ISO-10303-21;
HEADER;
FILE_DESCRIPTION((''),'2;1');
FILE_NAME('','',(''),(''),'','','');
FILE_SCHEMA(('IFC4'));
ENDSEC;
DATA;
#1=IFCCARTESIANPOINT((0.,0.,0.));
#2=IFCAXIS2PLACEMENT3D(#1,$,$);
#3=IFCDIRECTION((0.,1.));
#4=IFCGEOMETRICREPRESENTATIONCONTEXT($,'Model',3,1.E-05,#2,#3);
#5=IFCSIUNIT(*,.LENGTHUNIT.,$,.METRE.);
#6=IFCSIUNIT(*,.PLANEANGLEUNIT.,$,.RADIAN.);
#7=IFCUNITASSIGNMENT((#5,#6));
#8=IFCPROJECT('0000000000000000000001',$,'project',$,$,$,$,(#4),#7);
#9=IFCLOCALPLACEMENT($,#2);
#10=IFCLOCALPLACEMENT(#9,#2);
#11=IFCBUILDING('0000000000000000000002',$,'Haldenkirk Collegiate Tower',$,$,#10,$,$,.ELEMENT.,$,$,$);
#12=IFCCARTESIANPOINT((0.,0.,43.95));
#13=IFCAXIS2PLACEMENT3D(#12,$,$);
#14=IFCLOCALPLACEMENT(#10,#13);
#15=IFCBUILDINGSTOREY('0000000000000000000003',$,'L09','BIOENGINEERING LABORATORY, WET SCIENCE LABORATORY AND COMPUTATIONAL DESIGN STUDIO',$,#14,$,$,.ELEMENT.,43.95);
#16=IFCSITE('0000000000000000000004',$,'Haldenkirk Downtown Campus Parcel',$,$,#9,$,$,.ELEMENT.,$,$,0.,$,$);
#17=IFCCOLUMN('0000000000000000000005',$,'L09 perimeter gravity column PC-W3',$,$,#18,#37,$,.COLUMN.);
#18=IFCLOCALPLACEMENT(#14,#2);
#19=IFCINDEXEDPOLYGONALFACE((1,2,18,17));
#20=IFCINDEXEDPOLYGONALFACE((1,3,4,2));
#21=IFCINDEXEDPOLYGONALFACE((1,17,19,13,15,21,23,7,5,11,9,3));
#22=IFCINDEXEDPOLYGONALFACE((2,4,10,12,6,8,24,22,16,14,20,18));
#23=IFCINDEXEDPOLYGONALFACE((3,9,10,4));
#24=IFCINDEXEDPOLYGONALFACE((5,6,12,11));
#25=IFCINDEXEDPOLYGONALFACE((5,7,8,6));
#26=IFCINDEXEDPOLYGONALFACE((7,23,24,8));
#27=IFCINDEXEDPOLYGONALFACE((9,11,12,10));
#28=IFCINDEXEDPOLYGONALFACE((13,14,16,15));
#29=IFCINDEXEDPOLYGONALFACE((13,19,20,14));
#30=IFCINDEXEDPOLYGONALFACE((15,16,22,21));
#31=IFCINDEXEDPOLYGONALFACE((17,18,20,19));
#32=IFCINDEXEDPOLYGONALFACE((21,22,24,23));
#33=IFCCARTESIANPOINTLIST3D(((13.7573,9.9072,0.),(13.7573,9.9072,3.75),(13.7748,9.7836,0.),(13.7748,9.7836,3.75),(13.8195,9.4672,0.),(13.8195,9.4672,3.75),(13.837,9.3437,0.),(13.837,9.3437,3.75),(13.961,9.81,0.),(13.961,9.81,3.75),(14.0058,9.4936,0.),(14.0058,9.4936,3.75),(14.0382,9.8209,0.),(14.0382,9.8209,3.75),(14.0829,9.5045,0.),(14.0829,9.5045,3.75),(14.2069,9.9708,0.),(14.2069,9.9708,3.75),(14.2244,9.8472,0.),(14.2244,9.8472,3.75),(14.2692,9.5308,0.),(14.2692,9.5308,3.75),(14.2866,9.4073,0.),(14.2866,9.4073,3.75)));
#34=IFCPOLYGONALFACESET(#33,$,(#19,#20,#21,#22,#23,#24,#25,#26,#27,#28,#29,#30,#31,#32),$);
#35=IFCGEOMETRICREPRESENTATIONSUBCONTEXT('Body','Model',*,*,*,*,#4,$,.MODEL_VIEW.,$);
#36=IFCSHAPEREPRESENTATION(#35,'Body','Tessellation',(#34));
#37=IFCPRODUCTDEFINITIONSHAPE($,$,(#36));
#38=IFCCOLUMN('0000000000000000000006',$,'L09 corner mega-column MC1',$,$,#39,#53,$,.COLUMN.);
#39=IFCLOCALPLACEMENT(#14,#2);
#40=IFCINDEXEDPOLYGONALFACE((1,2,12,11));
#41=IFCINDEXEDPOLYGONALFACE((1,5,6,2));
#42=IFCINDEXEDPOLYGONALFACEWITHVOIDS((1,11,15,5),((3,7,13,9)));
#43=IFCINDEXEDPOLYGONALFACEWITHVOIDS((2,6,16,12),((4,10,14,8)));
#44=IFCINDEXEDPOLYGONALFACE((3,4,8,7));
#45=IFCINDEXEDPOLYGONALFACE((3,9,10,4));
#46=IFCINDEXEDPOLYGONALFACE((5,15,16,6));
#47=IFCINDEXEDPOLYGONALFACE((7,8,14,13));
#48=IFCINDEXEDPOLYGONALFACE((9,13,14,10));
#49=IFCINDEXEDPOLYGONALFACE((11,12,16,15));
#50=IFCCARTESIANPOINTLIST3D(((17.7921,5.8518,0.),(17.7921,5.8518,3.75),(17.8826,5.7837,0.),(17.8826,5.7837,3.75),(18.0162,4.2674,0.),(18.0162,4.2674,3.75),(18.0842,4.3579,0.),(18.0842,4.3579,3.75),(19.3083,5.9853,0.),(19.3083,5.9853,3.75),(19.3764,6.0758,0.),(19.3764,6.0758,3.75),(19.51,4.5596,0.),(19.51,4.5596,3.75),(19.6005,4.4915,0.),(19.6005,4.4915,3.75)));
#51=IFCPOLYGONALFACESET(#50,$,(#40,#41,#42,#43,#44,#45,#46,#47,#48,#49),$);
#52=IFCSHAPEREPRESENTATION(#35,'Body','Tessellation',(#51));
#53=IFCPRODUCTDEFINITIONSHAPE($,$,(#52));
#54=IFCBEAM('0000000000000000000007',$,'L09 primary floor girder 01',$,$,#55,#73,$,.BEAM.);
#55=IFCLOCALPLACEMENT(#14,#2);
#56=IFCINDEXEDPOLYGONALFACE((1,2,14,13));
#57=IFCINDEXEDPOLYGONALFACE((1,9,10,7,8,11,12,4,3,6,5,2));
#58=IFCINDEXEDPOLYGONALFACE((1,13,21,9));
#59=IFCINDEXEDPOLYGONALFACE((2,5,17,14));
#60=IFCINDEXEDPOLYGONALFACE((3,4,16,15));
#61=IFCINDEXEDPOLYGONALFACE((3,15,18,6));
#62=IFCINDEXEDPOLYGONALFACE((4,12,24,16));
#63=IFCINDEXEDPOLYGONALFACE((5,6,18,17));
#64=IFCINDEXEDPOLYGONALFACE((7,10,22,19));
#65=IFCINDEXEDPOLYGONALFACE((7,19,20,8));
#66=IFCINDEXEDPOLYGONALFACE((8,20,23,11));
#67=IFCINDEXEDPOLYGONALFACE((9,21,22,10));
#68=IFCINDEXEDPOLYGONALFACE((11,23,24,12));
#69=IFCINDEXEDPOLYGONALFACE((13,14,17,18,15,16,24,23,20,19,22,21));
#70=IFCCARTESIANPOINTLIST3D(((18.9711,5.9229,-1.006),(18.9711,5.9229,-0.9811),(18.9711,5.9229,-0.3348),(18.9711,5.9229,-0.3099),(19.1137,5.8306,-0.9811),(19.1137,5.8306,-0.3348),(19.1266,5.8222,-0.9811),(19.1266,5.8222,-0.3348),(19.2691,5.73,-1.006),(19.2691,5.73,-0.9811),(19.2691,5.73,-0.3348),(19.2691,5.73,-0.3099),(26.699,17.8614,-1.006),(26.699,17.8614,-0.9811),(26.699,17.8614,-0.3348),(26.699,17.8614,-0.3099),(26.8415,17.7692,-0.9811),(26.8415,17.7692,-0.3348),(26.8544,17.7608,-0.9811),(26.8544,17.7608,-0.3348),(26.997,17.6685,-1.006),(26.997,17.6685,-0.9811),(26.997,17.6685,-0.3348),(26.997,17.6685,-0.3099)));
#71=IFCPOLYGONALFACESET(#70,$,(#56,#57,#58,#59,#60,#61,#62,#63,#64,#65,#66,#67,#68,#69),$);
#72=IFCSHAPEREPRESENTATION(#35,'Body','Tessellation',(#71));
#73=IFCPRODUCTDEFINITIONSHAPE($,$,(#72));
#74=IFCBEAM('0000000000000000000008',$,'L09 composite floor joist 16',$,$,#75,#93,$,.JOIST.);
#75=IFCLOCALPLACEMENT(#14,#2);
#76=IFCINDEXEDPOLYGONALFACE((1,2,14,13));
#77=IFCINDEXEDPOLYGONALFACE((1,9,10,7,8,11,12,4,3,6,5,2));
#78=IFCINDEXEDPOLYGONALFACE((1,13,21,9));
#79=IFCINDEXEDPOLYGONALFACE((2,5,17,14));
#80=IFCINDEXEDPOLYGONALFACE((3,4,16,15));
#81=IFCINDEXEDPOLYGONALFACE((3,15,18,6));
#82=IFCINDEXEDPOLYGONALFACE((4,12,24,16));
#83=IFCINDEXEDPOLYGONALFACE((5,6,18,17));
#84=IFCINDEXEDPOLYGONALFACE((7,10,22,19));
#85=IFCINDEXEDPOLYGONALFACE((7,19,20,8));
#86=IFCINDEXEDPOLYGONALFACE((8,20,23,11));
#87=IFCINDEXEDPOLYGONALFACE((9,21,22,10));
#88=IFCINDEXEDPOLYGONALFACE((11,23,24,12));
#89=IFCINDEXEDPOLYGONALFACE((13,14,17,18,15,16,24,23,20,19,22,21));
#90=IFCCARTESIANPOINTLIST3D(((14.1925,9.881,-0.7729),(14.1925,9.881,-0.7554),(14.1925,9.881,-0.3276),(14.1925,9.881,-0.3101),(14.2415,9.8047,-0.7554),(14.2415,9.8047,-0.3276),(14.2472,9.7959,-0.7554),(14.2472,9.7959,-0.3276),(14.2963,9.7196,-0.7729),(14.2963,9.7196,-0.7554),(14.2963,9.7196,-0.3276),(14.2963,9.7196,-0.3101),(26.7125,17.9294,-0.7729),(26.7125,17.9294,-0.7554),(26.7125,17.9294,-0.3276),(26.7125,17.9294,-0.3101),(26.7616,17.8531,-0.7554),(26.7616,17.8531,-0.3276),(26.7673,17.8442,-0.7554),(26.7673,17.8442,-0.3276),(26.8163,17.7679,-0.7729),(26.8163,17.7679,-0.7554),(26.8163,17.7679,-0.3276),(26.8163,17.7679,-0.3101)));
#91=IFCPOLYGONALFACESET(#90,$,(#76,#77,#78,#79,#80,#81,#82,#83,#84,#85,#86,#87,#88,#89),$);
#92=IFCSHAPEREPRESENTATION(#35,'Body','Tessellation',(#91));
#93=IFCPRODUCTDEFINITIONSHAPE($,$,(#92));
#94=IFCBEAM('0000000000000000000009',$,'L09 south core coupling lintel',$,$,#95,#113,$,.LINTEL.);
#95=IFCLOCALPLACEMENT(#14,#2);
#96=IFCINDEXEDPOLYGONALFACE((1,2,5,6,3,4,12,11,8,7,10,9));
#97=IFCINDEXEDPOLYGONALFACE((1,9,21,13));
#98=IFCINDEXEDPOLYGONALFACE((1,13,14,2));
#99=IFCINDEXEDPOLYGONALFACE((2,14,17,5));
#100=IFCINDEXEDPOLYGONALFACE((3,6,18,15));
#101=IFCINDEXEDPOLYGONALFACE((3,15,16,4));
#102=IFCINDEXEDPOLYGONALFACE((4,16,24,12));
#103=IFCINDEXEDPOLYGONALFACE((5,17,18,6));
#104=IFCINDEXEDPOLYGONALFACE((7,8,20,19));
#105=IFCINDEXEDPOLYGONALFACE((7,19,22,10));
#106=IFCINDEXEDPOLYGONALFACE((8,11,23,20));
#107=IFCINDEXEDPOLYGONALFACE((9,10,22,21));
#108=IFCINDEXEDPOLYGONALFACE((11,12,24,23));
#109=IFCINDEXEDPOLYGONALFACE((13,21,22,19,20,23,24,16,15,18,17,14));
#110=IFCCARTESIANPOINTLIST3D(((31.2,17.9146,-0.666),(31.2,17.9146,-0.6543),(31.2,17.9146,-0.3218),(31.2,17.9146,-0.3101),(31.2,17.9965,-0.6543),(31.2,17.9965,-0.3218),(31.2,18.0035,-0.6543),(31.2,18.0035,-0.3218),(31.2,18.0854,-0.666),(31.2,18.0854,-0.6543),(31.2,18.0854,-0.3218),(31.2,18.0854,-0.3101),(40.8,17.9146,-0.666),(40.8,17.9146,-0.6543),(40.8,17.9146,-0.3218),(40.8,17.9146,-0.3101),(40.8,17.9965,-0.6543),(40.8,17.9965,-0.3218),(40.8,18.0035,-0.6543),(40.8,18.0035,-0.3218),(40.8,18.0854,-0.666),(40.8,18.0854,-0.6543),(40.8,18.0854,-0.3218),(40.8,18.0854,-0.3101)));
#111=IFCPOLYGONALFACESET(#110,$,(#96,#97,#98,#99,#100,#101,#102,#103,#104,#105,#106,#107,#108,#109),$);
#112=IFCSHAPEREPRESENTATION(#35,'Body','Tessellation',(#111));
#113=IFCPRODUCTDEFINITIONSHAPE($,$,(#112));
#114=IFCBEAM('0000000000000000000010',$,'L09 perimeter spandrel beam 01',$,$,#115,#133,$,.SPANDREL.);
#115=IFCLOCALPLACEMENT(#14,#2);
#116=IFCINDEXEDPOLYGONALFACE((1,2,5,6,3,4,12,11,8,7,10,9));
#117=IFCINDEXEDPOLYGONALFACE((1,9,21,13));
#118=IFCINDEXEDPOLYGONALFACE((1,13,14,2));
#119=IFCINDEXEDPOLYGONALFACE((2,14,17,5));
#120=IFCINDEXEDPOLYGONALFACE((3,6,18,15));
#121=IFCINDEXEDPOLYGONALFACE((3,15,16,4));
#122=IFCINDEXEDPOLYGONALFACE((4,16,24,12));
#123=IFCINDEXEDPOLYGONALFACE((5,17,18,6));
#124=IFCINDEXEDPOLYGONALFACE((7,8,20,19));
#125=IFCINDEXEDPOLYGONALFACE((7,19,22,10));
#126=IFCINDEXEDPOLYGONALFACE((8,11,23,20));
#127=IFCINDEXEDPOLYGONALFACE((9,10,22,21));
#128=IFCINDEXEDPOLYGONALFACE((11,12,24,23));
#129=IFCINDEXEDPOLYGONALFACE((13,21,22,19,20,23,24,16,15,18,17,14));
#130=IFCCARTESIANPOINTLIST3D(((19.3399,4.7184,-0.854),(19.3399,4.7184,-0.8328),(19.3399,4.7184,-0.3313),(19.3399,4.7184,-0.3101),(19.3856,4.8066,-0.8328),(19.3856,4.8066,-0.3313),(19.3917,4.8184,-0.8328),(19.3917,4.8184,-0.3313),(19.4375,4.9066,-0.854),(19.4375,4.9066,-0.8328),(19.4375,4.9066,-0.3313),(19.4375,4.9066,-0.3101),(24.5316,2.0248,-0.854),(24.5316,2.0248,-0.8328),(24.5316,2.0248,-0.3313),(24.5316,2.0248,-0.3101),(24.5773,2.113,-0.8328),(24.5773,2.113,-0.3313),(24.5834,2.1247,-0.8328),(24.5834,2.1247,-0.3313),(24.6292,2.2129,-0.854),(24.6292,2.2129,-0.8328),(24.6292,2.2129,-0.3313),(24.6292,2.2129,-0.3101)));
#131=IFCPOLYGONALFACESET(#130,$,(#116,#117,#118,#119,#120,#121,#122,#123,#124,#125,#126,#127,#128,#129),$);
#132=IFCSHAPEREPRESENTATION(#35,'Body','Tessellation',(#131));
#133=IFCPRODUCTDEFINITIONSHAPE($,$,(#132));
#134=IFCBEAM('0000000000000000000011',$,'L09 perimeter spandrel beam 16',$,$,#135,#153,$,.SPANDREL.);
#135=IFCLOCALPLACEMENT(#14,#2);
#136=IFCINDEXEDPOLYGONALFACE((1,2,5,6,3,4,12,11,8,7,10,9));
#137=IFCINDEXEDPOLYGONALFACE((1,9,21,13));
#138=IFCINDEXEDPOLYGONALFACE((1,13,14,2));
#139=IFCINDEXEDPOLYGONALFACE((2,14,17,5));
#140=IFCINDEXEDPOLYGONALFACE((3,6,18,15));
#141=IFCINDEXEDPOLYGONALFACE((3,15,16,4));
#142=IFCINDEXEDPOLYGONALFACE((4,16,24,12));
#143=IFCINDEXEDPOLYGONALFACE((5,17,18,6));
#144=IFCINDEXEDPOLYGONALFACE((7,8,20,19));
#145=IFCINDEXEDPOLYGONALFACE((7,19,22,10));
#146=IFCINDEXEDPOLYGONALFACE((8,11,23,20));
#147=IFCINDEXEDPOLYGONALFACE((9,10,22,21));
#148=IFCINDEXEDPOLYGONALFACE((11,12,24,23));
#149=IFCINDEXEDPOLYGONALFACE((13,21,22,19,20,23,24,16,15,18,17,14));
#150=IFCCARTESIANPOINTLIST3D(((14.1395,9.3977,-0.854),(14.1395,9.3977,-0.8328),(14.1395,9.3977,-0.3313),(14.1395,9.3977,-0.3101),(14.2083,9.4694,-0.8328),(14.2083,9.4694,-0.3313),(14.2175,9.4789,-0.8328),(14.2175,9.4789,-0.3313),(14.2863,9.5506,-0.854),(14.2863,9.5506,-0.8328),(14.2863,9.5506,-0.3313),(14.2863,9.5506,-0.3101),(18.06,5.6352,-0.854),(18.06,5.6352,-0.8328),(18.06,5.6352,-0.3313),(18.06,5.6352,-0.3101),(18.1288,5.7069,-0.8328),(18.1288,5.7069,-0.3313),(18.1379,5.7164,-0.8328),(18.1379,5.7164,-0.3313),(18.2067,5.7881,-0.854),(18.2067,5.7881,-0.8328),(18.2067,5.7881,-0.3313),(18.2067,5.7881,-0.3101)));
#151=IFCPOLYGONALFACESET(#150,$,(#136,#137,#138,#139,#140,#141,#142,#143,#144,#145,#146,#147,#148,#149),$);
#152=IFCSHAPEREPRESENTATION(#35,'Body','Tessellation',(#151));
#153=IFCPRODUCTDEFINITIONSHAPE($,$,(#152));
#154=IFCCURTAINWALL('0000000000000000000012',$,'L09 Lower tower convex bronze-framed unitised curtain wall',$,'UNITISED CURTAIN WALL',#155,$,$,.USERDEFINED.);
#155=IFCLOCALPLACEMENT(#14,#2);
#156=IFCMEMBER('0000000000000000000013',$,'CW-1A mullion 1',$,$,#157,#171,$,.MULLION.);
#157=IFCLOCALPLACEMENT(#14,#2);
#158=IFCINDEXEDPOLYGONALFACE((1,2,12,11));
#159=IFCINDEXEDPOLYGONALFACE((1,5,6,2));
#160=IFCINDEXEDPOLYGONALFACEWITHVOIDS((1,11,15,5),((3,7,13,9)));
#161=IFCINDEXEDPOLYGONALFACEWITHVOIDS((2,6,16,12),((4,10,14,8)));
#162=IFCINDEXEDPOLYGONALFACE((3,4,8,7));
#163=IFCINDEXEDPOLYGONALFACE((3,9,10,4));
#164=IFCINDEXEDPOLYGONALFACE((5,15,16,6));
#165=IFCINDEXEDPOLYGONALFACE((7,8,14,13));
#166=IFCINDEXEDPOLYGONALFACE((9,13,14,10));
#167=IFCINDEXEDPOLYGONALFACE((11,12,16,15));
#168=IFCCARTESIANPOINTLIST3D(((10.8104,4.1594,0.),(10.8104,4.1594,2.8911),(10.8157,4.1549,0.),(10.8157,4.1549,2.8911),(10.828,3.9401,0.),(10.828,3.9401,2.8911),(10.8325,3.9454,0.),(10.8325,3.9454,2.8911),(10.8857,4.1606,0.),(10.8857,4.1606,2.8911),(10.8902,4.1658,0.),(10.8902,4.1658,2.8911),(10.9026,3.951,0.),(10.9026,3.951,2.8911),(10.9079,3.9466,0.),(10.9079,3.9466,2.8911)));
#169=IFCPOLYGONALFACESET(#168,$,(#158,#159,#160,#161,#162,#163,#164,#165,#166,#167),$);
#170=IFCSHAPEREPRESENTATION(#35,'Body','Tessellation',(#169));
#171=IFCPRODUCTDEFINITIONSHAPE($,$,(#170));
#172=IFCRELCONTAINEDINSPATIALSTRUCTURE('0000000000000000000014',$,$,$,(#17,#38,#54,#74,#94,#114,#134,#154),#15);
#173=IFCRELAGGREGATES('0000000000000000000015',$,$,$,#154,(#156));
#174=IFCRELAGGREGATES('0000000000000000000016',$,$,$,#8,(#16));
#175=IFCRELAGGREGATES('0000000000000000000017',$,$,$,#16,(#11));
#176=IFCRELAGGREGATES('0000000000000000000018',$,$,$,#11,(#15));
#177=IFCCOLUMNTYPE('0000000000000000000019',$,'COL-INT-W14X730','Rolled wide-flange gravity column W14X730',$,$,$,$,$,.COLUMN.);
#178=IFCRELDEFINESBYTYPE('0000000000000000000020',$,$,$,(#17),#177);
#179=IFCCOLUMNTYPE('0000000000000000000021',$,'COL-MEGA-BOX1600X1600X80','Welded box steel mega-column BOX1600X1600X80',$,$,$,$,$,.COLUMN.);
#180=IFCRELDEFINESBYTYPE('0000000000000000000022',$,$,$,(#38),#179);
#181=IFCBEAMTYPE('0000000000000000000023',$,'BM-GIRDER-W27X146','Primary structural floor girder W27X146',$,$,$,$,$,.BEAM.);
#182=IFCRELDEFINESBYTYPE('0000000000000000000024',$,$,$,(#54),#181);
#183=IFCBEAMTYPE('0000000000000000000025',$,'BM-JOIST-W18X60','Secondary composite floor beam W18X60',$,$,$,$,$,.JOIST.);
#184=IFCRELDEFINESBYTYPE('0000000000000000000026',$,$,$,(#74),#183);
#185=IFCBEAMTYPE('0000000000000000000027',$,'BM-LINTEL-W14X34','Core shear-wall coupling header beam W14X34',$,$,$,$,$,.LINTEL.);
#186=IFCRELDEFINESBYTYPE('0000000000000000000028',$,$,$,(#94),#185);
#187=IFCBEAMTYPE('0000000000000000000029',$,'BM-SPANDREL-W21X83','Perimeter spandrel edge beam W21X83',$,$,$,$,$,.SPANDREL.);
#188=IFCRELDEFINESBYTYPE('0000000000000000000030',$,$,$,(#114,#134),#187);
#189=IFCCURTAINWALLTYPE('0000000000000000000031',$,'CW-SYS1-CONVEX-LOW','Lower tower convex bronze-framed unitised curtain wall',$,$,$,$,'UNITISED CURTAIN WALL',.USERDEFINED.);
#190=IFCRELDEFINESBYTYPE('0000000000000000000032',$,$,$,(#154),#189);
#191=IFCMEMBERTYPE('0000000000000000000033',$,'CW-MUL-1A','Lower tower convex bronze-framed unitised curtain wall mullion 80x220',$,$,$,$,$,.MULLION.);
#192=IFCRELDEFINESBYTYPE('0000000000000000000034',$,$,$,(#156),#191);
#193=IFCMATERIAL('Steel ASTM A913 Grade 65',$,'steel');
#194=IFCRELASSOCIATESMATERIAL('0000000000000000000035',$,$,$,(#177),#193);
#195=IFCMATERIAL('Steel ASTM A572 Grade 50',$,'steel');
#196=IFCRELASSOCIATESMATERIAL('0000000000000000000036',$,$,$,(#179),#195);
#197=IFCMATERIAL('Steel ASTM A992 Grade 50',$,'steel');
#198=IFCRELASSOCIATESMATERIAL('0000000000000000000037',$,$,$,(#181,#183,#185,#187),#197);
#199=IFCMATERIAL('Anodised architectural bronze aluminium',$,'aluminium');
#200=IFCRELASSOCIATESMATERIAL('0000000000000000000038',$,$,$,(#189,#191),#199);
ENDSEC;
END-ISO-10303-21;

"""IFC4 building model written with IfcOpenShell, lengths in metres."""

from ifc_helpers import new_model, si_unit, direction, frame, origin, origin_2d, place, context, subcontext, project, spatial, hollow_rectangle, i_section, extrude, material, material_profile, profile_set, type_object, element, aggregate, save


model = new_model("IFC4")

# Units and contexts
model_context = context("Model", 3, precision=1e-05, world=origin(), true_north=direction((0.0, 1.0)))
body_context = subcontext(model_context, "Body", "Model", "MODEL_VIEW")
ifc_project = project(units=[si_unit("LENGTHUNIT", "METRE"), si_unit("PLANEANGLEUNIT", "RADIAN")], contexts=[model_context])

# Site, building, storey
site_placement = place(None, origin())
site = spatial("IfcSite", under=ifc_project, at=site_placement, Name="Haldenkirk Downtown Campus Parcel", CompositionType="ELEMENT", RefElevation=0.0)
building_placement = place(site_placement, origin())
building = spatial("IfcBuilding", under=site, at=building_placement, Name="Haldenkirk Collegiate Tower", CompositionType="ELEMENT")
storey_placement = place(building_placement, frame((0.0, 0.0, 43.95)))
storey = spatial("IfcBuildingStorey", under=building, at=storey_placement, Name="L09", Description="BIOENGINEERING LABORATORY, WET SCIENCE LABORATORY AND COMPUTATIONAL DESIGN STUDIO", CompositionType="ELEMENT", Elevation=43.95)

# Columns
ifc_material_1 = material(Name="Steel ASTM A913 Grade 65", Category="steel")
ifc_material_profile_1 = material_profile(ifc_material_1, i_section(OverallWidth=0.4541, OverallDepth=0.5691, WebThickness=0.0779, FlangeThickness=0.1248, at=origin_2d()), Name="W14X730")
ifc_profile_set_1 = profile_set([ifc_material_profile_1], Name="Steel ASTM A913 Grade 65")
column_type_1 = type_object("IfcColumnType", Name="COL-INT-W14X730", Description="Rolled wide-flange gravity column W14X730", PredefinedType="COLUMN", material=ifc_profile_set_1)
column_1_placement = place(storey_placement, frame((14.022, 9.6572, 0.0), z_axis=(0.0, 0.0, 1.0), x_axis=(0.990146, 0.140037, 0.0)))
element("IfcColumn", 1, at=column_1_placement, inside=storey, type_object=column_type_1, Name="L09 perimeter gravity column PC-W3", PredefinedType="COLUMN", context=body_context, shape_type="SweptSolid", body=[
    extrude(i_section(OverallWidth=0.4541, OverallDepth=0.5691, WebThickness=0.0779, FlangeThickness=0.1248, at=origin_2d()), origin(), (0.0, 0.0, 1.0), 3.75),
])
ifc_material_2 = material(Name="Steel ASTM A572 Grade 50", Category="steel")
ifc_material_profile_2 = material_profile(ifc_material_2, hollow_rectangle(XDim=1.6001, YDim=1.6001, WallThickness=0.0801, at=origin_2d()), Name="BOX1600X1600X80")
ifc_profile_set_2 = profile_set([ifc_material_profile_2], Name="Steel ASTM A572 Grade 50")
column_type_2 = type_object("IfcColumnType", Name="COL-MEGA-BOX1600X1600X80", Description="Welded box steel mega-column BOX1600X1600X80", PredefinedType="COLUMN", material=ifc_profile_set_2)
column_2_placement = place(storey_placement, frame((18.6963, 5.1716, 0.0), z_axis=(0.0, 0.0, 1.0), x_axis=(0.990146, 0.140037, 0.0)))
element("IfcColumn", 2, at=column_2_placement, inside=storey, type_object=column_type_2, Name="L09 corner mega-column MC1", PredefinedType="COLUMN", context=body_context, shape_type="SweptSolid", body=[
    extrude(hollow_rectangle(XDim=1.6001, YDim=1.6001, WallThickness=0.0801, at=origin_2d()), origin(), (0.0, 0.0, 1.0), 3.75),
])

# Beams
ifc_material_3 = material(Name="Steel ASTM A992 Grade 50", Category="steel")
ifc_material_profile_3 = material_profile(ifc_material_3, i_section(OverallWidth=0.355, OverallDepth=0.696, WebThickness=0.0154, FlangeThickness=0.0249, at=origin_2d()), Name="W27X146")
ifc_profile_set_3 = profile_set([ifc_material_profile_3], Name="Steel ASTM A992 Grade 50")
beam_type_1 = type_object("IfcBeamType", Name="BM-GIRDER-W27X146", Description="Primary structural floor girder W27X146", PredefinedType="BEAM", material=ifc_profile_set_3)
beam_1_placement = place(storey_placement, frame((19.1201, 5.8264, -0.658), z_axis=(0.543394, 0.839478, 0.0), x_axis=(-0.839478, 0.543394, 0.0)))
element("IfcBeam", 3, at=beam_1_placement, inside=storey, type_object=beam_type_1, Name="L09 primary floor girder 01", PredefinedType="BEAM", context=body_context, shape_type="SweptSolid", body=[
    extrude(i_section(OverallWidth=0.355, OverallDepth=0.696, WebThickness=0.0154, FlangeThickness=0.0249, at=origin_2d()), origin(), (0.0, 0.0, 1.0), 14.2214),
])
ifc_material_profile_4 = material_profile(ifc_material_3, i_section(OverallWidth=0.1919, OverallDepth=0.4629, WebThickness=0.0105, FlangeThickness=0.0176, at=origin_2d()), Name="W18X60")
ifc_profile_set_4 = profile_set([ifc_material_profile_4], Name="Steel ASTM A992 Grade 50")
beam_type_2 = type_object("IfcBeamType", Name="BM-JOIST-W18X60", Description="Secondary composite floor beam W18X60", PredefinedType="JOIST", material=ifc_profile_set_4)
beam_2_placement = place(storey_placement, frame((14.2444, 9.8003, -0.5415), z_axis=(0.841186, 0.540746, 0.0), x_axis=(-0.540746, 0.841186, 0.0)))
element("IfcBeam", 4, at=beam_2_placement, inside=storey, type_object=beam_type_2, Name="L09 composite floor joist 16", PredefinedType="JOIST", context=body_context, shape_type="SweptSolid", body=[
    extrude(i_section(OverallWidth=0.1919, OverallDepth=0.4629, WebThickness=0.0105, FlangeThickness=0.0176, at=origin_2d()), origin(), (0.0, 0.0, 1.0), 14.8838),
])
ifc_material_profile_5 = material_profile(ifc_material_3, i_section(OverallWidth=0.1709, OverallDepth=0.356, WebThickness=0.0071, FlangeThickness=0.0117, at=origin_2d()), Name="W14X34")
ifc_profile_set_5 = profile_set([ifc_material_profile_5], Name="Steel ASTM A992 Grade 50")
beam_type_3 = type_object("IfcBeamType", Name="BM-LINTEL-W14X34", Description="Core shear-wall coupling header beam W14X34", PredefinedType="LINTEL", material=ifc_profile_set_5)
beam_3_placement = place(storey_placement, frame((31.2, 18.0, -0.488), z_axis=(1.0, 0.0, 0.0), x_axis=(0.0, 1.0, 0.0)))
element("IfcBeam", 5, at=beam_3_placement, inside=storey, type_object=beam_type_3, Name="L09 south core coupling lintel", PredefinedType="LINTEL", context=body_context, shape_type="SweptSolid", body=[
    extrude(i_section(OverallWidth=0.1709, OverallDepth=0.356, WebThickness=0.0071, FlangeThickness=0.0117, at=origin_2d()), origin(), (0.0, 0.0, 1.0), 9.6001),
])
ifc_material_profile_6 = material_profile(ifc_material_3, i_section(OverallWidth=0.2119, OverallDepth=0.5439, WebThickness=0.0132, FlangeThickness=0.0212, at=origin_2d()), Name="W21X83")
ifc_profile_set_6 = profile_set([ifc_material_profile_6], Name="Steel ASTM A992 Grade 50")
beam_type_4 = type_object("IfcBeamType", Name="BM-SPANDREL-W21X83", Description="Perimeter spandrel edge beam W21X83", PredefinedType="SPANDREL", material=ifc_profile_set_6)
beam_4_placement = place(storey_placement, frame((19.3887, 4.8125, -0.582), z_axis=(0.88764, -0.460538, 0.0), x_axis=(0.460538, 0.88764, 0.0)))
element("IfcBeam", 6, at=beam_4_placement, inside=storey, type_object=beam_type_4, Name="L09 perimeter spandrel beam 01", PredefinedType="SPANDREL", context=body_context, shape_type="SweptSolid", body=[
    extrude(i_section(OverallWidth=0.2119, OverallDepth=0.5439, WebThickness=0.0132, FlangeThickness=0.0212, at=origin_2d()), origin(), (0.0, 0.0, 1.0), 5.8489),
])
beam_5_placement = place(storey_placement, frame((14.2129, 9.4741, -0.582), z_axis=(0.721492, -0.692422, 0.0), x_axis=(0.692422, 0.721492, 0.0)))
element("IfcBeam", 7, at=beam_5_placement, inside=storey, type_object=beam_type_4, Name="L09 perimeter spandrel beam 16", PredefinedType="SPANDREL", context=body_context, shape_type="SweptSolid", body=[
    extrude(i_section(OverallWidth=0.2119, OverallDepth=0.5439, WebThickness=0.0132, FlangeThickness=0.0212, at=origin_2d()), origin(), (0.0, 0.0, 1.0), 5.4338),
])

# Curtain wall, member
ifc_material_4 = material(Name="Anodised architectural bronze aluminium", Category="aluminium")
curtain_wall_type = type_object("IfcCurtainWallType", Name="CW-SYS1-CONVEX-LOW", Description="Lower tower convex bronze-framed unitised curtain wall", ElementType="UNITISED CURTAIN WALL", PredefinedType="USERDEFINED", material=ifc_material_4)
curtain_wall_placement = place(storey_placement, origin())
curtain_wall = element("IfcCurtainWall", 8, at=curtain_wall_placement, inside=storey, type_object=curtain_wall_type, Name="L09 Lower tower convex bronze-framed unitised curtain wall", ObjectType="UNITISED CURTAIN WALL", PredefinedType="USERDEFINED")
ifc_material_profile_7 = material_profile(ifc_material_4, hollow_rectangle(XDim=0.0801, YDim=0.22, WallThickness=0.0049, at=origin_2d()), Name="CW-MUL-1A")
ifc_profile_set_7 = profile_set([ifc_material_profile_7], Name="Anodised architectural bronze aluminium")
member_type = type_object("IfcMemberType", Name="CW-MUL-1A", Description="Lower tower convex bronze-framed unitised curtain wall mullion 80x220", PredefinedType="MULLION", material=ifc_profile_set_7)
member_placement = place(storey_placement, frame((10.8591, 4.053, 0.0), z_axis=(0.0, 0.0, 1.0), x_axis=(-0.996779, -0.080198, 0.0)))
member = element("IfcMember", 9, at=member_placement, type_object=member_type, Name="CW-1A mullion 1", PredefinedType="MULLION", context=body_context, shape_type="SweptSolid", body=[
    extrude(hollow_rectangle(XDim=0.0801, YDim=0.22, WallThickness=0.0049, at=origin_2d()), origin(), (0.0, 0.0, 1.0), 2.8911),
])
aggregate(curtain_wall, [member])

save(model, "model.ifc")
